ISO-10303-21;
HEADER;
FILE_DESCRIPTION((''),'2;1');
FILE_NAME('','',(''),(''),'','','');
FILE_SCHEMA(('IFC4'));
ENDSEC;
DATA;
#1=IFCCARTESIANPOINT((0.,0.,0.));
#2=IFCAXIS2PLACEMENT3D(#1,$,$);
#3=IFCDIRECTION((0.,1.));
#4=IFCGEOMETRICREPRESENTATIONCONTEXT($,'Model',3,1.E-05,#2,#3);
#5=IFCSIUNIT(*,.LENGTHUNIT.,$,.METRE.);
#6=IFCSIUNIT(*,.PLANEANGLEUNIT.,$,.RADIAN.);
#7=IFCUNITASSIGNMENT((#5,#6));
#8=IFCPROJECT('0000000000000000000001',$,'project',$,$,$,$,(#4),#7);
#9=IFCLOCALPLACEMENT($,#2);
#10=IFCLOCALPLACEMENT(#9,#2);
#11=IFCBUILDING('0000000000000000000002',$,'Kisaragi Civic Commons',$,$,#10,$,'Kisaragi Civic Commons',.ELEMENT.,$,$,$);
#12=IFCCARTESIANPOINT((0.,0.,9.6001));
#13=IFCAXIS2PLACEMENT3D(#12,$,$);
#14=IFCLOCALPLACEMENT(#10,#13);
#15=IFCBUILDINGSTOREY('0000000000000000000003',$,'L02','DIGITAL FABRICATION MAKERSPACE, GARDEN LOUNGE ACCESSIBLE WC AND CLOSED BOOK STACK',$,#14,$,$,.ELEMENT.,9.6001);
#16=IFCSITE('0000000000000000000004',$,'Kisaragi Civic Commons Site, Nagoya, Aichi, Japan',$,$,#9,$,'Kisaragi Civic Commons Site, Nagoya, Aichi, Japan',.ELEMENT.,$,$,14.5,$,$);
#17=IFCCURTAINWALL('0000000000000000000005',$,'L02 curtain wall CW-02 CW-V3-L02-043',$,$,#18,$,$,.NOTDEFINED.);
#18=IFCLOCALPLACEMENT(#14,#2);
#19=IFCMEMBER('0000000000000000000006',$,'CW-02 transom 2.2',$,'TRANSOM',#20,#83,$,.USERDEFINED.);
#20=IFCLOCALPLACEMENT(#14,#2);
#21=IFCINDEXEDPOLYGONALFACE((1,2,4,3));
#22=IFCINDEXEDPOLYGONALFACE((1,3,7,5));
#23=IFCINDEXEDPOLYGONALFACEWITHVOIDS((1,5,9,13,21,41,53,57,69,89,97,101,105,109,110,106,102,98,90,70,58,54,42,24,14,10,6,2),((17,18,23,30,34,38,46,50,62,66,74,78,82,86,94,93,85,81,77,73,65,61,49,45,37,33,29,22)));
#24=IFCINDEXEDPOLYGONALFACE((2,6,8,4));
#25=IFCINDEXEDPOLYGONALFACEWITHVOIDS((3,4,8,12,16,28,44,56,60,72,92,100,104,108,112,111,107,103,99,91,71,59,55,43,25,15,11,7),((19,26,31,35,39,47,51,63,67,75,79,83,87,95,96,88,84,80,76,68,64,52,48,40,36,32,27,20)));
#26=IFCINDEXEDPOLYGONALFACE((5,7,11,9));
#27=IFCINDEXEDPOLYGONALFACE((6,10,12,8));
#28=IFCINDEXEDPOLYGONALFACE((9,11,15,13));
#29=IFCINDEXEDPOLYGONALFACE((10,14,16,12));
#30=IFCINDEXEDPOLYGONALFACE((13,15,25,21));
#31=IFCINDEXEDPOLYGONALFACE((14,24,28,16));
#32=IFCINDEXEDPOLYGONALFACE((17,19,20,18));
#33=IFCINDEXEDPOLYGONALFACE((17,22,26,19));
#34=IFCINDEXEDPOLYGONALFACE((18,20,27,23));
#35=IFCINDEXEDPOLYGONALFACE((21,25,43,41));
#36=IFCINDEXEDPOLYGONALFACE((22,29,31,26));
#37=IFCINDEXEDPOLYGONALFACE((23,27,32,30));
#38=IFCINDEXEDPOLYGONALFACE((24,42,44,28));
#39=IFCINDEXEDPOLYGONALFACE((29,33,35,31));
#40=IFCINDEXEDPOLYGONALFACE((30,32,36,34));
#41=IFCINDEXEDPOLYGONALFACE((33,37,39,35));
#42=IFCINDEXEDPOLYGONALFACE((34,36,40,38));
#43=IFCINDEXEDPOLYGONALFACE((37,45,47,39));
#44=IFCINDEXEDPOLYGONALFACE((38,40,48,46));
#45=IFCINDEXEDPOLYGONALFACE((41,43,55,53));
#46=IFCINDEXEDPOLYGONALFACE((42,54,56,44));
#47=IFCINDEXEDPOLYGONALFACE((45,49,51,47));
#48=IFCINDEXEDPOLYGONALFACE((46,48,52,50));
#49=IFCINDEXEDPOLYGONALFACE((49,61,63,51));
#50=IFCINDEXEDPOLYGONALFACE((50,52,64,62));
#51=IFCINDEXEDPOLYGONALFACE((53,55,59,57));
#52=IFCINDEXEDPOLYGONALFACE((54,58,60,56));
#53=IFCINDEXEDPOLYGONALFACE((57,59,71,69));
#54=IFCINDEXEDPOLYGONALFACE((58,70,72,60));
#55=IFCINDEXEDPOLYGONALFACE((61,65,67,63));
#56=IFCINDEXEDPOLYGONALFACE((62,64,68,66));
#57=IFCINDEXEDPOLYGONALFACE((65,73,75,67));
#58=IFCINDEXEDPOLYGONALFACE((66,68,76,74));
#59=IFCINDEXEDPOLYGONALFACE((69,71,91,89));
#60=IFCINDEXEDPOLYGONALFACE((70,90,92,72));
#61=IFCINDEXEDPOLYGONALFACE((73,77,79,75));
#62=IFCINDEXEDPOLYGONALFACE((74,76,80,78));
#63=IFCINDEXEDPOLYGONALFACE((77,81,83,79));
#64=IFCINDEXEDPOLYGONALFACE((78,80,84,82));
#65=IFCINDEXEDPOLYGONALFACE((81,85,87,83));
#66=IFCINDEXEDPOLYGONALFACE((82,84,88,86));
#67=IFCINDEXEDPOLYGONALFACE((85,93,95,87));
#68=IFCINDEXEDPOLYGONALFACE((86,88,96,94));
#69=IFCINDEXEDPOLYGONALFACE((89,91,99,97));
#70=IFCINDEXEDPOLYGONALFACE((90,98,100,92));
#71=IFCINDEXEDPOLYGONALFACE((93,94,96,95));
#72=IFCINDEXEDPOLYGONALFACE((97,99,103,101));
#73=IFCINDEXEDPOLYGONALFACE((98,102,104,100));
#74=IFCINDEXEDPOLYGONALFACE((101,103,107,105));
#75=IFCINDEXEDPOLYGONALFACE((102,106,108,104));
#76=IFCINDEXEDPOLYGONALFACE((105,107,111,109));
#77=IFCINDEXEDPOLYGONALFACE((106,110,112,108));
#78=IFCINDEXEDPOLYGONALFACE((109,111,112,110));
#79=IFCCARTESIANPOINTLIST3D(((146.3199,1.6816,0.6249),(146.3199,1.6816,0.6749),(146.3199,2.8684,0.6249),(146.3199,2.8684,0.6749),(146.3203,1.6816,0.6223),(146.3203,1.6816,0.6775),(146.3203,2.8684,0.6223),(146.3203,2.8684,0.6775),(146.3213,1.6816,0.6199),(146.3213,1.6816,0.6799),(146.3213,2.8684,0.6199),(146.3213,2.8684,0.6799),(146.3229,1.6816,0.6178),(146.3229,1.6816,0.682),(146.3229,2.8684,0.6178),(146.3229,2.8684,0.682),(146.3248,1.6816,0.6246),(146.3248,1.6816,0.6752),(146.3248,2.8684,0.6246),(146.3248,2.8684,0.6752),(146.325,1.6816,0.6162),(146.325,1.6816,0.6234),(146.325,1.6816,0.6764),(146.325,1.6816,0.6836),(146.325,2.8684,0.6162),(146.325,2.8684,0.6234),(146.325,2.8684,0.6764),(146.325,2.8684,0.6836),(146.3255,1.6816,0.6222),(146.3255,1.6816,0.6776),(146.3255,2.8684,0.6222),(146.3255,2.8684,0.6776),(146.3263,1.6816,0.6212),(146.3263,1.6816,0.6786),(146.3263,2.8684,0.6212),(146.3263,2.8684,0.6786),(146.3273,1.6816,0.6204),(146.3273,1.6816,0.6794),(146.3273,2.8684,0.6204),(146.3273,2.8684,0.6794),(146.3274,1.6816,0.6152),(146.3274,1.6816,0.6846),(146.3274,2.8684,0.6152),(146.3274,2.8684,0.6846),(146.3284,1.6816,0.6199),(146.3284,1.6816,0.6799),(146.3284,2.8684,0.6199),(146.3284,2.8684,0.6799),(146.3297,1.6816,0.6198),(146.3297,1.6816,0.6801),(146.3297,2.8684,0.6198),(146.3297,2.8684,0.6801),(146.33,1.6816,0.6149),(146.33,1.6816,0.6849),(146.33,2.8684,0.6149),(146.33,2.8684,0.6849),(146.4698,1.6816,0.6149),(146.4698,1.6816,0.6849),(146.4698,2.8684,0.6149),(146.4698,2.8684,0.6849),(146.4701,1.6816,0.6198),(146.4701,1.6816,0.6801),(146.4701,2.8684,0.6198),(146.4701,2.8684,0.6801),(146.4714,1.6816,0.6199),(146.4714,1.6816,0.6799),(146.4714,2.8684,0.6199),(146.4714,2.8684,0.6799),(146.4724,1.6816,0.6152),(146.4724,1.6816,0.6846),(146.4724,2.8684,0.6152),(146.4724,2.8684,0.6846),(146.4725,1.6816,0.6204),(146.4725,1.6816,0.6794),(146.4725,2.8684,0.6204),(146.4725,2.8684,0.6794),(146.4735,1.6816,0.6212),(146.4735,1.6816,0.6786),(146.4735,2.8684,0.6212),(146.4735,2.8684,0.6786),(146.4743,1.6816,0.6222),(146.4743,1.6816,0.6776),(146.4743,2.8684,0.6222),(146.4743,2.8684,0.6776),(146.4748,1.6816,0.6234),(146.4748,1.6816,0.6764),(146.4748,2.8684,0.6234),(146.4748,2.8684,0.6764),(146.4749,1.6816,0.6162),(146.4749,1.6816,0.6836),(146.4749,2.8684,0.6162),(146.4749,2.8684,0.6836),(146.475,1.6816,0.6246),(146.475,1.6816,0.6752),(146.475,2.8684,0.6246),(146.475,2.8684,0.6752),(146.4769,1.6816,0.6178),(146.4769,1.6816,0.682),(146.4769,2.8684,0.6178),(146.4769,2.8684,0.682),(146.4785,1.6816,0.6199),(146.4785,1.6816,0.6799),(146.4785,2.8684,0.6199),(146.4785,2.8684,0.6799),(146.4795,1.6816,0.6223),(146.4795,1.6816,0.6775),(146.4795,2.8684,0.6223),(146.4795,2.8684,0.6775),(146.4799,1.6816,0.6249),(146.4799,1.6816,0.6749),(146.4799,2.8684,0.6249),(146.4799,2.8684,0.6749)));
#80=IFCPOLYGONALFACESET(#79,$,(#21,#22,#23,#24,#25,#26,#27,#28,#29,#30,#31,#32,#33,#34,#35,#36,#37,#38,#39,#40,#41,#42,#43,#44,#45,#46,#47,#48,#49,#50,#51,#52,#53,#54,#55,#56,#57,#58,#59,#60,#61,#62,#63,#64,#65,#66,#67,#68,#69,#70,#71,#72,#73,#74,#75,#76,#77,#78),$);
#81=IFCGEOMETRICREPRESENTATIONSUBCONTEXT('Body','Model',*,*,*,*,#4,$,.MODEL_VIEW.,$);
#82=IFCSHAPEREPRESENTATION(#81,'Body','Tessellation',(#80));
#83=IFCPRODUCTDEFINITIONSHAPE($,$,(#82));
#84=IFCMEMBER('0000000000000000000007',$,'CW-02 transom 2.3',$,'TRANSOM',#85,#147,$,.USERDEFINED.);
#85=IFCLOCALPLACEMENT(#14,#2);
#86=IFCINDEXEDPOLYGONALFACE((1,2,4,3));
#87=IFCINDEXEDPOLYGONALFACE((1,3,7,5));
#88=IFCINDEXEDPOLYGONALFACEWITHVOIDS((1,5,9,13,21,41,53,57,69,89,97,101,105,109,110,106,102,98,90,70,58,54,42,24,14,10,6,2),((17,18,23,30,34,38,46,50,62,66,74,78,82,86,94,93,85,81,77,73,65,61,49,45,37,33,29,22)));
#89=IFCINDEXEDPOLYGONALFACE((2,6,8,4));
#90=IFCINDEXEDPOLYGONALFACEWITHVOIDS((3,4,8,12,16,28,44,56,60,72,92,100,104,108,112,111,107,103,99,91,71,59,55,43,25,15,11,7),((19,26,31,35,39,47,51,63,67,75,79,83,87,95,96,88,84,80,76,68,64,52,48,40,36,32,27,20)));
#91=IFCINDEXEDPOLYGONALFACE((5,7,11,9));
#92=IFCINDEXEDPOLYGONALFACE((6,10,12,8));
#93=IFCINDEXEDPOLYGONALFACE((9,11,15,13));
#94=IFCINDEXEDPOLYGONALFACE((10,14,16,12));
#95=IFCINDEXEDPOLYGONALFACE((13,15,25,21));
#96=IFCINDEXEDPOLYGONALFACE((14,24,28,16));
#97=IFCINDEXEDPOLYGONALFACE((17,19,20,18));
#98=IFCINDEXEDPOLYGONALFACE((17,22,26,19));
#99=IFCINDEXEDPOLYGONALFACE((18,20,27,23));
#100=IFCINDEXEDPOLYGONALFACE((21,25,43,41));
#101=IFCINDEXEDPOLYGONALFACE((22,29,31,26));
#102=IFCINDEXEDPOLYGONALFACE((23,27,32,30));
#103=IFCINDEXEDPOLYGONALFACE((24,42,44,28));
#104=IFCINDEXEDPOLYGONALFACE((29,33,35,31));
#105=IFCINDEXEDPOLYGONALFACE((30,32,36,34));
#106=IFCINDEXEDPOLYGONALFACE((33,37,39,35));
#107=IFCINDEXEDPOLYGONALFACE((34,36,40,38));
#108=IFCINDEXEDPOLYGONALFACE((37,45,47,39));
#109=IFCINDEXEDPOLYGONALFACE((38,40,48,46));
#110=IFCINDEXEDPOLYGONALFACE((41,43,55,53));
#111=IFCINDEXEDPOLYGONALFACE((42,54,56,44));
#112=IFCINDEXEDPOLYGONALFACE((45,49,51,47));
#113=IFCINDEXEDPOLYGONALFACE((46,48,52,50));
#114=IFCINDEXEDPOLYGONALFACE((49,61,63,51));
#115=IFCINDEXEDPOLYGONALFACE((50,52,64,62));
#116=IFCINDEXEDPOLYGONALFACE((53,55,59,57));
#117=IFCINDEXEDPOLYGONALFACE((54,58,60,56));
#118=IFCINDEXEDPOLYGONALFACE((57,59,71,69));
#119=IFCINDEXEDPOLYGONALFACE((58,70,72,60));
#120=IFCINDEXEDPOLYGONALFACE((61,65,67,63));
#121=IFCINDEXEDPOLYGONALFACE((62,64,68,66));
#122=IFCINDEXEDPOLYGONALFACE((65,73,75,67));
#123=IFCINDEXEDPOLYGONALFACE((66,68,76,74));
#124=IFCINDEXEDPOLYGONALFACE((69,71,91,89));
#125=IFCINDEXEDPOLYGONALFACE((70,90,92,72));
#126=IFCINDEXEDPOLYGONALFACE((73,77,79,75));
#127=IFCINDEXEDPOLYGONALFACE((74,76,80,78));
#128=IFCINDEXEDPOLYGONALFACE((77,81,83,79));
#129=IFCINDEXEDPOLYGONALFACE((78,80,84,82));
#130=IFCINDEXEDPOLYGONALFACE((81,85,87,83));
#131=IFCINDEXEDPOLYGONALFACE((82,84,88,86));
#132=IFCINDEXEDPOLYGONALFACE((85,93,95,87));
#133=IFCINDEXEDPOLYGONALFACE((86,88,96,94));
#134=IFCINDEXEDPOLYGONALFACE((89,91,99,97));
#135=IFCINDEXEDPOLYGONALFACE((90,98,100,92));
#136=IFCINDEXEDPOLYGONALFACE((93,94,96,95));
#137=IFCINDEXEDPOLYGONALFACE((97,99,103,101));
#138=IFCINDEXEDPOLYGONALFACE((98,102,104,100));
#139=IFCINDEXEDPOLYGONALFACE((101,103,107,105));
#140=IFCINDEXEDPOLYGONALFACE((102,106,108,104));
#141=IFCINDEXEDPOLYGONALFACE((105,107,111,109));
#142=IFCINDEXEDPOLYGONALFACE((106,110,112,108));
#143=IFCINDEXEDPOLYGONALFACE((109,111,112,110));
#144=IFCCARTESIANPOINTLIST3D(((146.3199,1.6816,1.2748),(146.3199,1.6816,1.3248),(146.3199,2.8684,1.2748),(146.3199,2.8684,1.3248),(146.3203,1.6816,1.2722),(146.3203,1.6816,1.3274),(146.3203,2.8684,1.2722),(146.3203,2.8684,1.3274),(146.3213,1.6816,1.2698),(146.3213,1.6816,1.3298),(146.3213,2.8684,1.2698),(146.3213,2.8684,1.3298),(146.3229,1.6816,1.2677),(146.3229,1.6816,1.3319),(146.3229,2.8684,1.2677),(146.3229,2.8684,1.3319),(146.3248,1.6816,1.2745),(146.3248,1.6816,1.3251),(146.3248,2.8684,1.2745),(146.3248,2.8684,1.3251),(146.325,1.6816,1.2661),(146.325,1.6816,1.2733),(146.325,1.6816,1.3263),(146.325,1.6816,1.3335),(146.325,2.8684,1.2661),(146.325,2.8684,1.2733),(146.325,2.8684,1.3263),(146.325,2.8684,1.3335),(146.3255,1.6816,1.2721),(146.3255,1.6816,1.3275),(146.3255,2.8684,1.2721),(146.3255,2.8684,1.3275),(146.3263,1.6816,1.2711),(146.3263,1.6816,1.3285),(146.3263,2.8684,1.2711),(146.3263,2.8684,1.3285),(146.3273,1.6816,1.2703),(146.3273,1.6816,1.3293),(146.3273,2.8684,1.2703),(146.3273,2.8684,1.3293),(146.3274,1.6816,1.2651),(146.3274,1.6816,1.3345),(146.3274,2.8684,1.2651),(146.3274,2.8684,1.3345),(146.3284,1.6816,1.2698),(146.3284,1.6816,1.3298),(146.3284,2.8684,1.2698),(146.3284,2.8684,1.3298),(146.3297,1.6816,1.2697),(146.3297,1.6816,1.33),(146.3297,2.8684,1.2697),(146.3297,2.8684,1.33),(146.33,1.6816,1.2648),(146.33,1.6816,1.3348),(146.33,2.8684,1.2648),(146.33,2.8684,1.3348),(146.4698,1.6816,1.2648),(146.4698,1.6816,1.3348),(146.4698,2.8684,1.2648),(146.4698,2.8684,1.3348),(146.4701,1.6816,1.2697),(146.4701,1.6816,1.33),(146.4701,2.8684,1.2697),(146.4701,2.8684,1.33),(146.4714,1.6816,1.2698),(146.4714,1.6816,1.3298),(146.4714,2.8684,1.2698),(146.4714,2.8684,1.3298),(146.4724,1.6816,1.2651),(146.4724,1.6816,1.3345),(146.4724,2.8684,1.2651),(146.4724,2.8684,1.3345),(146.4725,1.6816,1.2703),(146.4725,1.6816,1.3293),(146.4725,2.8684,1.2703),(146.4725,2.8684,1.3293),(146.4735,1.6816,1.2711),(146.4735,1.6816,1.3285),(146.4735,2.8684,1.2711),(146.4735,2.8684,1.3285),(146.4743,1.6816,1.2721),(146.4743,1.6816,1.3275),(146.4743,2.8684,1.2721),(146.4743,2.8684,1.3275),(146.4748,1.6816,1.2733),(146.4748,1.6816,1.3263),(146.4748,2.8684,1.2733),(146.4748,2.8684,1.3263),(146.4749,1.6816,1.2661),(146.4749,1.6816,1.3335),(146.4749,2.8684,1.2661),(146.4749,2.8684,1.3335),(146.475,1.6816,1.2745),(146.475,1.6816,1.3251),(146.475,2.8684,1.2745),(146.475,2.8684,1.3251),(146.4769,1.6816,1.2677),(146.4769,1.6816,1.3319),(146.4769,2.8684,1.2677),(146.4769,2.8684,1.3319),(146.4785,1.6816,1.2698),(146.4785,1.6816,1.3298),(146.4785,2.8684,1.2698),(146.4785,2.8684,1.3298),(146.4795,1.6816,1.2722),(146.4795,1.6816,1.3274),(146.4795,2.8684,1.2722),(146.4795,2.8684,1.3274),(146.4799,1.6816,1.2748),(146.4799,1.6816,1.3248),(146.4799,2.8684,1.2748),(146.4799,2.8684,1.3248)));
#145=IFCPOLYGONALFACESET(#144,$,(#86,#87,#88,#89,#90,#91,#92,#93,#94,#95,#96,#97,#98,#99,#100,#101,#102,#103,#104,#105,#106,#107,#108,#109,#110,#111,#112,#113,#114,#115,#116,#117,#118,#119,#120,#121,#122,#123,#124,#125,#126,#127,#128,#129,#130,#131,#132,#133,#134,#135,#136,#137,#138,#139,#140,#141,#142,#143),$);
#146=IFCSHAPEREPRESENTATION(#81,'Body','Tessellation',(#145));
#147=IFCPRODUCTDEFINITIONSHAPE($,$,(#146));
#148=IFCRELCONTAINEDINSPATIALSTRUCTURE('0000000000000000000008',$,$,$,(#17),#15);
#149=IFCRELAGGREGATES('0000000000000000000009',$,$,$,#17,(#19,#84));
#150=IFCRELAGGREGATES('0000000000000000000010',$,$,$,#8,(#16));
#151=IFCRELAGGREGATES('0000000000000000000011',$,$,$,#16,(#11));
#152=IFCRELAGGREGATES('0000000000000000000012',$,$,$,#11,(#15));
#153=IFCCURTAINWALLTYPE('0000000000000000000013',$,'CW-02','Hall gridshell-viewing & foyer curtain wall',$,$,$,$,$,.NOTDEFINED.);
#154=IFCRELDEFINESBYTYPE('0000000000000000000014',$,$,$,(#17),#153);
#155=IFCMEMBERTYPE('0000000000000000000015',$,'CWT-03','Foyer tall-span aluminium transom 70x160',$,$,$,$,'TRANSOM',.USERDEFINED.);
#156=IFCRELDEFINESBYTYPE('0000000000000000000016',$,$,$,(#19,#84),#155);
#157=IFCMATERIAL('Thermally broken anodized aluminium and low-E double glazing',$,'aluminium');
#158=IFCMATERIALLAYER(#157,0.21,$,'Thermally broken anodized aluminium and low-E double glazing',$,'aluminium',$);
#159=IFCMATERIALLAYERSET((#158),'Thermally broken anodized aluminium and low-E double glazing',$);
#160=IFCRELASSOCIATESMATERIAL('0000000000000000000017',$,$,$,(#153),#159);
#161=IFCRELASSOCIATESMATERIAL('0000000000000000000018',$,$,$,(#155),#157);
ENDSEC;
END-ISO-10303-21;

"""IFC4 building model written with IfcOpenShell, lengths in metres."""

from ifc_helpers import new_model, si_unit, direction, frame, origin, origin_2d, place, context, subcontext, project, spatial, hollow_rectangle, extrude, material, layer, layer_set, material_profile, profile_set, type_object, element, aggregate, save


model = new_model("IFC4")

# Units and contexts
model_context = context("Model", 3, precision=1e-05, world=origin(), true_north=direction((0.0, 1.0)))
body_context = subcontext(model_context, "Body", "Model", "MODEL_VIEW")
ifc_project = project(units=[si_unit("LENGTHUNIT", "METRE"), si_unit("PLANEANGLEUNIT", "RADIAN")], contexts=[model_context])

# Site, building, storey
site_placement = place(None, origin())
site = spatial("IfcSite", under=ifc_project, at=site_placement, Name="Kisaragi Civic Commons Site, Nagoya, Aichi, Japan", LongName="Kisaragi Civic Commons Site, Nagoya, Aichi, Japan", CompositionType="ELEMENT", RefElevation=14.5)
building_placement = place(site_placement, origin())
building = spatial("IfcBuilding", under=site, at=building_placement, Name="Kisaragi Civic Commons", LongName="Kisaragi Civic Commons", CompositionType="ELEMENT")
storey_placement = place(building_placement, frame((0.0, 0.0, 9.6001)))
storey = spatial("IfcBuildingStorey", under=building, at=storey_placement, Name="L02", Description="DIGITAL FABRICATION MAKERSPACE, GARDEN LOUNGE ACCESSIBLE WC AND CLOSED BOOK STACK", CompositionType="ELEMENT", Elevation=9.6001)

# Curtain wall
ifc_material_1 = material(Name="Thermally broken anodized aluminium and low-E double glazing", Category="aluminium")
ifc_layer_1 = layer(ifc_material_1, 0.21, Name="Thermally broken anodized aluminium and low-E double glazing", Category="aluminium")
ifc_layer_set_1 = layer_set([ifc_layer_1], Name="Thermally broken anodized aluminium and low-E double glazing")
curtain_wall_type = type_object("IfcCurtainWallType", Name="CW-02", Description="Hall gridshell-viewing & foyer curtain wall", PredefinedType="NOTDEFINED", material=ifc_layer_set_1)
curtain_wall_1_placement = place(storey_placement, origin())
curtain_wall_1 = element("IfcCurtainWall", 1, at=curtain_wall_1_placement, inside=storey, type_object=curtain_wall_type, Name="L02 curtain wall CW-02 CW-V3-L02-043", PredefinedType="NOTDEFINED")

# Members
ifc_material_profile_1 = material_profile(ifc_material_1, hollow_rectangle(XDim=0.1599, YDim=0.0701, WallThickness=0.0049, InnerFilletRadius=0.0049, OuterFilletRadius=0.01, at=origin_2d()), Name="CWT-70x160x5", Category="aluminium")
ifc_profile_set_1 = profile_set([ifc_material_profile_1], Name="Thermally broken anodized aluminium and low-E double glazing")
member_type_1 = type_object("IfcMemberType", Name="CWT-03", Description="Foyer tall-span aluminium transom 70x160", ElementType="TRANSOM", PredefinedType="USERDEFINED", material=ifc_profile_set_1)
member_1_placement = place(storey_placement, frame((146.3999, 1.6816, 0.6499), z_axis=(0.0, 1.0, 0.0), x_axis=(-1.0, 0.0, 0.0)))
member_1 = element("IfcMember", 2, at=member_1_placement, type_object=member_type_1, Name="CW-02 transom 2.2", ObjectType="TRANSOM", PredefinedType="USERDEFINED", context=body_context, shape_type="SweptSolid", body=[
    extrude(hollow_rectangle(XDim=0.1599, YDim=0.0701, WallThickness=0.0049, InnerFilletRadius=0.0049, OuterFilletRadius=0.01, at=origin_2d()), origin(), (0.0, 0.0, 1.0), 1.1868),
])
member_2_placement = place(storey_placement, frame((146.3999, 1.6816, 1.2998), z_axis=(0.0, 1.0, 0.0), x_axis=(-1.0, 0.0, 0.0)))
member_2 = element("IfcMember", 3, at=member_2_placement, type_object=member_type_1, Name="CW-02 transom 2.3", ObjectType="TRANSOM", PredefinedType="USERDEFINED", context=body_context, shape_type="SweptSolid", body=[
    extrude(hollow_rectangle(XDim=0.1599, YDim=0.0701, WallThickness=0.0049, InnerFilletRadius=0.0049, OuterFilletRadius=0.01, at=origin_2d()), origin(), (0.0, 0.0, 1.0), 1.1868),
])

aggregate(curtain_wall_1, [member_1, member_2])

save(model, "model.ifc")
